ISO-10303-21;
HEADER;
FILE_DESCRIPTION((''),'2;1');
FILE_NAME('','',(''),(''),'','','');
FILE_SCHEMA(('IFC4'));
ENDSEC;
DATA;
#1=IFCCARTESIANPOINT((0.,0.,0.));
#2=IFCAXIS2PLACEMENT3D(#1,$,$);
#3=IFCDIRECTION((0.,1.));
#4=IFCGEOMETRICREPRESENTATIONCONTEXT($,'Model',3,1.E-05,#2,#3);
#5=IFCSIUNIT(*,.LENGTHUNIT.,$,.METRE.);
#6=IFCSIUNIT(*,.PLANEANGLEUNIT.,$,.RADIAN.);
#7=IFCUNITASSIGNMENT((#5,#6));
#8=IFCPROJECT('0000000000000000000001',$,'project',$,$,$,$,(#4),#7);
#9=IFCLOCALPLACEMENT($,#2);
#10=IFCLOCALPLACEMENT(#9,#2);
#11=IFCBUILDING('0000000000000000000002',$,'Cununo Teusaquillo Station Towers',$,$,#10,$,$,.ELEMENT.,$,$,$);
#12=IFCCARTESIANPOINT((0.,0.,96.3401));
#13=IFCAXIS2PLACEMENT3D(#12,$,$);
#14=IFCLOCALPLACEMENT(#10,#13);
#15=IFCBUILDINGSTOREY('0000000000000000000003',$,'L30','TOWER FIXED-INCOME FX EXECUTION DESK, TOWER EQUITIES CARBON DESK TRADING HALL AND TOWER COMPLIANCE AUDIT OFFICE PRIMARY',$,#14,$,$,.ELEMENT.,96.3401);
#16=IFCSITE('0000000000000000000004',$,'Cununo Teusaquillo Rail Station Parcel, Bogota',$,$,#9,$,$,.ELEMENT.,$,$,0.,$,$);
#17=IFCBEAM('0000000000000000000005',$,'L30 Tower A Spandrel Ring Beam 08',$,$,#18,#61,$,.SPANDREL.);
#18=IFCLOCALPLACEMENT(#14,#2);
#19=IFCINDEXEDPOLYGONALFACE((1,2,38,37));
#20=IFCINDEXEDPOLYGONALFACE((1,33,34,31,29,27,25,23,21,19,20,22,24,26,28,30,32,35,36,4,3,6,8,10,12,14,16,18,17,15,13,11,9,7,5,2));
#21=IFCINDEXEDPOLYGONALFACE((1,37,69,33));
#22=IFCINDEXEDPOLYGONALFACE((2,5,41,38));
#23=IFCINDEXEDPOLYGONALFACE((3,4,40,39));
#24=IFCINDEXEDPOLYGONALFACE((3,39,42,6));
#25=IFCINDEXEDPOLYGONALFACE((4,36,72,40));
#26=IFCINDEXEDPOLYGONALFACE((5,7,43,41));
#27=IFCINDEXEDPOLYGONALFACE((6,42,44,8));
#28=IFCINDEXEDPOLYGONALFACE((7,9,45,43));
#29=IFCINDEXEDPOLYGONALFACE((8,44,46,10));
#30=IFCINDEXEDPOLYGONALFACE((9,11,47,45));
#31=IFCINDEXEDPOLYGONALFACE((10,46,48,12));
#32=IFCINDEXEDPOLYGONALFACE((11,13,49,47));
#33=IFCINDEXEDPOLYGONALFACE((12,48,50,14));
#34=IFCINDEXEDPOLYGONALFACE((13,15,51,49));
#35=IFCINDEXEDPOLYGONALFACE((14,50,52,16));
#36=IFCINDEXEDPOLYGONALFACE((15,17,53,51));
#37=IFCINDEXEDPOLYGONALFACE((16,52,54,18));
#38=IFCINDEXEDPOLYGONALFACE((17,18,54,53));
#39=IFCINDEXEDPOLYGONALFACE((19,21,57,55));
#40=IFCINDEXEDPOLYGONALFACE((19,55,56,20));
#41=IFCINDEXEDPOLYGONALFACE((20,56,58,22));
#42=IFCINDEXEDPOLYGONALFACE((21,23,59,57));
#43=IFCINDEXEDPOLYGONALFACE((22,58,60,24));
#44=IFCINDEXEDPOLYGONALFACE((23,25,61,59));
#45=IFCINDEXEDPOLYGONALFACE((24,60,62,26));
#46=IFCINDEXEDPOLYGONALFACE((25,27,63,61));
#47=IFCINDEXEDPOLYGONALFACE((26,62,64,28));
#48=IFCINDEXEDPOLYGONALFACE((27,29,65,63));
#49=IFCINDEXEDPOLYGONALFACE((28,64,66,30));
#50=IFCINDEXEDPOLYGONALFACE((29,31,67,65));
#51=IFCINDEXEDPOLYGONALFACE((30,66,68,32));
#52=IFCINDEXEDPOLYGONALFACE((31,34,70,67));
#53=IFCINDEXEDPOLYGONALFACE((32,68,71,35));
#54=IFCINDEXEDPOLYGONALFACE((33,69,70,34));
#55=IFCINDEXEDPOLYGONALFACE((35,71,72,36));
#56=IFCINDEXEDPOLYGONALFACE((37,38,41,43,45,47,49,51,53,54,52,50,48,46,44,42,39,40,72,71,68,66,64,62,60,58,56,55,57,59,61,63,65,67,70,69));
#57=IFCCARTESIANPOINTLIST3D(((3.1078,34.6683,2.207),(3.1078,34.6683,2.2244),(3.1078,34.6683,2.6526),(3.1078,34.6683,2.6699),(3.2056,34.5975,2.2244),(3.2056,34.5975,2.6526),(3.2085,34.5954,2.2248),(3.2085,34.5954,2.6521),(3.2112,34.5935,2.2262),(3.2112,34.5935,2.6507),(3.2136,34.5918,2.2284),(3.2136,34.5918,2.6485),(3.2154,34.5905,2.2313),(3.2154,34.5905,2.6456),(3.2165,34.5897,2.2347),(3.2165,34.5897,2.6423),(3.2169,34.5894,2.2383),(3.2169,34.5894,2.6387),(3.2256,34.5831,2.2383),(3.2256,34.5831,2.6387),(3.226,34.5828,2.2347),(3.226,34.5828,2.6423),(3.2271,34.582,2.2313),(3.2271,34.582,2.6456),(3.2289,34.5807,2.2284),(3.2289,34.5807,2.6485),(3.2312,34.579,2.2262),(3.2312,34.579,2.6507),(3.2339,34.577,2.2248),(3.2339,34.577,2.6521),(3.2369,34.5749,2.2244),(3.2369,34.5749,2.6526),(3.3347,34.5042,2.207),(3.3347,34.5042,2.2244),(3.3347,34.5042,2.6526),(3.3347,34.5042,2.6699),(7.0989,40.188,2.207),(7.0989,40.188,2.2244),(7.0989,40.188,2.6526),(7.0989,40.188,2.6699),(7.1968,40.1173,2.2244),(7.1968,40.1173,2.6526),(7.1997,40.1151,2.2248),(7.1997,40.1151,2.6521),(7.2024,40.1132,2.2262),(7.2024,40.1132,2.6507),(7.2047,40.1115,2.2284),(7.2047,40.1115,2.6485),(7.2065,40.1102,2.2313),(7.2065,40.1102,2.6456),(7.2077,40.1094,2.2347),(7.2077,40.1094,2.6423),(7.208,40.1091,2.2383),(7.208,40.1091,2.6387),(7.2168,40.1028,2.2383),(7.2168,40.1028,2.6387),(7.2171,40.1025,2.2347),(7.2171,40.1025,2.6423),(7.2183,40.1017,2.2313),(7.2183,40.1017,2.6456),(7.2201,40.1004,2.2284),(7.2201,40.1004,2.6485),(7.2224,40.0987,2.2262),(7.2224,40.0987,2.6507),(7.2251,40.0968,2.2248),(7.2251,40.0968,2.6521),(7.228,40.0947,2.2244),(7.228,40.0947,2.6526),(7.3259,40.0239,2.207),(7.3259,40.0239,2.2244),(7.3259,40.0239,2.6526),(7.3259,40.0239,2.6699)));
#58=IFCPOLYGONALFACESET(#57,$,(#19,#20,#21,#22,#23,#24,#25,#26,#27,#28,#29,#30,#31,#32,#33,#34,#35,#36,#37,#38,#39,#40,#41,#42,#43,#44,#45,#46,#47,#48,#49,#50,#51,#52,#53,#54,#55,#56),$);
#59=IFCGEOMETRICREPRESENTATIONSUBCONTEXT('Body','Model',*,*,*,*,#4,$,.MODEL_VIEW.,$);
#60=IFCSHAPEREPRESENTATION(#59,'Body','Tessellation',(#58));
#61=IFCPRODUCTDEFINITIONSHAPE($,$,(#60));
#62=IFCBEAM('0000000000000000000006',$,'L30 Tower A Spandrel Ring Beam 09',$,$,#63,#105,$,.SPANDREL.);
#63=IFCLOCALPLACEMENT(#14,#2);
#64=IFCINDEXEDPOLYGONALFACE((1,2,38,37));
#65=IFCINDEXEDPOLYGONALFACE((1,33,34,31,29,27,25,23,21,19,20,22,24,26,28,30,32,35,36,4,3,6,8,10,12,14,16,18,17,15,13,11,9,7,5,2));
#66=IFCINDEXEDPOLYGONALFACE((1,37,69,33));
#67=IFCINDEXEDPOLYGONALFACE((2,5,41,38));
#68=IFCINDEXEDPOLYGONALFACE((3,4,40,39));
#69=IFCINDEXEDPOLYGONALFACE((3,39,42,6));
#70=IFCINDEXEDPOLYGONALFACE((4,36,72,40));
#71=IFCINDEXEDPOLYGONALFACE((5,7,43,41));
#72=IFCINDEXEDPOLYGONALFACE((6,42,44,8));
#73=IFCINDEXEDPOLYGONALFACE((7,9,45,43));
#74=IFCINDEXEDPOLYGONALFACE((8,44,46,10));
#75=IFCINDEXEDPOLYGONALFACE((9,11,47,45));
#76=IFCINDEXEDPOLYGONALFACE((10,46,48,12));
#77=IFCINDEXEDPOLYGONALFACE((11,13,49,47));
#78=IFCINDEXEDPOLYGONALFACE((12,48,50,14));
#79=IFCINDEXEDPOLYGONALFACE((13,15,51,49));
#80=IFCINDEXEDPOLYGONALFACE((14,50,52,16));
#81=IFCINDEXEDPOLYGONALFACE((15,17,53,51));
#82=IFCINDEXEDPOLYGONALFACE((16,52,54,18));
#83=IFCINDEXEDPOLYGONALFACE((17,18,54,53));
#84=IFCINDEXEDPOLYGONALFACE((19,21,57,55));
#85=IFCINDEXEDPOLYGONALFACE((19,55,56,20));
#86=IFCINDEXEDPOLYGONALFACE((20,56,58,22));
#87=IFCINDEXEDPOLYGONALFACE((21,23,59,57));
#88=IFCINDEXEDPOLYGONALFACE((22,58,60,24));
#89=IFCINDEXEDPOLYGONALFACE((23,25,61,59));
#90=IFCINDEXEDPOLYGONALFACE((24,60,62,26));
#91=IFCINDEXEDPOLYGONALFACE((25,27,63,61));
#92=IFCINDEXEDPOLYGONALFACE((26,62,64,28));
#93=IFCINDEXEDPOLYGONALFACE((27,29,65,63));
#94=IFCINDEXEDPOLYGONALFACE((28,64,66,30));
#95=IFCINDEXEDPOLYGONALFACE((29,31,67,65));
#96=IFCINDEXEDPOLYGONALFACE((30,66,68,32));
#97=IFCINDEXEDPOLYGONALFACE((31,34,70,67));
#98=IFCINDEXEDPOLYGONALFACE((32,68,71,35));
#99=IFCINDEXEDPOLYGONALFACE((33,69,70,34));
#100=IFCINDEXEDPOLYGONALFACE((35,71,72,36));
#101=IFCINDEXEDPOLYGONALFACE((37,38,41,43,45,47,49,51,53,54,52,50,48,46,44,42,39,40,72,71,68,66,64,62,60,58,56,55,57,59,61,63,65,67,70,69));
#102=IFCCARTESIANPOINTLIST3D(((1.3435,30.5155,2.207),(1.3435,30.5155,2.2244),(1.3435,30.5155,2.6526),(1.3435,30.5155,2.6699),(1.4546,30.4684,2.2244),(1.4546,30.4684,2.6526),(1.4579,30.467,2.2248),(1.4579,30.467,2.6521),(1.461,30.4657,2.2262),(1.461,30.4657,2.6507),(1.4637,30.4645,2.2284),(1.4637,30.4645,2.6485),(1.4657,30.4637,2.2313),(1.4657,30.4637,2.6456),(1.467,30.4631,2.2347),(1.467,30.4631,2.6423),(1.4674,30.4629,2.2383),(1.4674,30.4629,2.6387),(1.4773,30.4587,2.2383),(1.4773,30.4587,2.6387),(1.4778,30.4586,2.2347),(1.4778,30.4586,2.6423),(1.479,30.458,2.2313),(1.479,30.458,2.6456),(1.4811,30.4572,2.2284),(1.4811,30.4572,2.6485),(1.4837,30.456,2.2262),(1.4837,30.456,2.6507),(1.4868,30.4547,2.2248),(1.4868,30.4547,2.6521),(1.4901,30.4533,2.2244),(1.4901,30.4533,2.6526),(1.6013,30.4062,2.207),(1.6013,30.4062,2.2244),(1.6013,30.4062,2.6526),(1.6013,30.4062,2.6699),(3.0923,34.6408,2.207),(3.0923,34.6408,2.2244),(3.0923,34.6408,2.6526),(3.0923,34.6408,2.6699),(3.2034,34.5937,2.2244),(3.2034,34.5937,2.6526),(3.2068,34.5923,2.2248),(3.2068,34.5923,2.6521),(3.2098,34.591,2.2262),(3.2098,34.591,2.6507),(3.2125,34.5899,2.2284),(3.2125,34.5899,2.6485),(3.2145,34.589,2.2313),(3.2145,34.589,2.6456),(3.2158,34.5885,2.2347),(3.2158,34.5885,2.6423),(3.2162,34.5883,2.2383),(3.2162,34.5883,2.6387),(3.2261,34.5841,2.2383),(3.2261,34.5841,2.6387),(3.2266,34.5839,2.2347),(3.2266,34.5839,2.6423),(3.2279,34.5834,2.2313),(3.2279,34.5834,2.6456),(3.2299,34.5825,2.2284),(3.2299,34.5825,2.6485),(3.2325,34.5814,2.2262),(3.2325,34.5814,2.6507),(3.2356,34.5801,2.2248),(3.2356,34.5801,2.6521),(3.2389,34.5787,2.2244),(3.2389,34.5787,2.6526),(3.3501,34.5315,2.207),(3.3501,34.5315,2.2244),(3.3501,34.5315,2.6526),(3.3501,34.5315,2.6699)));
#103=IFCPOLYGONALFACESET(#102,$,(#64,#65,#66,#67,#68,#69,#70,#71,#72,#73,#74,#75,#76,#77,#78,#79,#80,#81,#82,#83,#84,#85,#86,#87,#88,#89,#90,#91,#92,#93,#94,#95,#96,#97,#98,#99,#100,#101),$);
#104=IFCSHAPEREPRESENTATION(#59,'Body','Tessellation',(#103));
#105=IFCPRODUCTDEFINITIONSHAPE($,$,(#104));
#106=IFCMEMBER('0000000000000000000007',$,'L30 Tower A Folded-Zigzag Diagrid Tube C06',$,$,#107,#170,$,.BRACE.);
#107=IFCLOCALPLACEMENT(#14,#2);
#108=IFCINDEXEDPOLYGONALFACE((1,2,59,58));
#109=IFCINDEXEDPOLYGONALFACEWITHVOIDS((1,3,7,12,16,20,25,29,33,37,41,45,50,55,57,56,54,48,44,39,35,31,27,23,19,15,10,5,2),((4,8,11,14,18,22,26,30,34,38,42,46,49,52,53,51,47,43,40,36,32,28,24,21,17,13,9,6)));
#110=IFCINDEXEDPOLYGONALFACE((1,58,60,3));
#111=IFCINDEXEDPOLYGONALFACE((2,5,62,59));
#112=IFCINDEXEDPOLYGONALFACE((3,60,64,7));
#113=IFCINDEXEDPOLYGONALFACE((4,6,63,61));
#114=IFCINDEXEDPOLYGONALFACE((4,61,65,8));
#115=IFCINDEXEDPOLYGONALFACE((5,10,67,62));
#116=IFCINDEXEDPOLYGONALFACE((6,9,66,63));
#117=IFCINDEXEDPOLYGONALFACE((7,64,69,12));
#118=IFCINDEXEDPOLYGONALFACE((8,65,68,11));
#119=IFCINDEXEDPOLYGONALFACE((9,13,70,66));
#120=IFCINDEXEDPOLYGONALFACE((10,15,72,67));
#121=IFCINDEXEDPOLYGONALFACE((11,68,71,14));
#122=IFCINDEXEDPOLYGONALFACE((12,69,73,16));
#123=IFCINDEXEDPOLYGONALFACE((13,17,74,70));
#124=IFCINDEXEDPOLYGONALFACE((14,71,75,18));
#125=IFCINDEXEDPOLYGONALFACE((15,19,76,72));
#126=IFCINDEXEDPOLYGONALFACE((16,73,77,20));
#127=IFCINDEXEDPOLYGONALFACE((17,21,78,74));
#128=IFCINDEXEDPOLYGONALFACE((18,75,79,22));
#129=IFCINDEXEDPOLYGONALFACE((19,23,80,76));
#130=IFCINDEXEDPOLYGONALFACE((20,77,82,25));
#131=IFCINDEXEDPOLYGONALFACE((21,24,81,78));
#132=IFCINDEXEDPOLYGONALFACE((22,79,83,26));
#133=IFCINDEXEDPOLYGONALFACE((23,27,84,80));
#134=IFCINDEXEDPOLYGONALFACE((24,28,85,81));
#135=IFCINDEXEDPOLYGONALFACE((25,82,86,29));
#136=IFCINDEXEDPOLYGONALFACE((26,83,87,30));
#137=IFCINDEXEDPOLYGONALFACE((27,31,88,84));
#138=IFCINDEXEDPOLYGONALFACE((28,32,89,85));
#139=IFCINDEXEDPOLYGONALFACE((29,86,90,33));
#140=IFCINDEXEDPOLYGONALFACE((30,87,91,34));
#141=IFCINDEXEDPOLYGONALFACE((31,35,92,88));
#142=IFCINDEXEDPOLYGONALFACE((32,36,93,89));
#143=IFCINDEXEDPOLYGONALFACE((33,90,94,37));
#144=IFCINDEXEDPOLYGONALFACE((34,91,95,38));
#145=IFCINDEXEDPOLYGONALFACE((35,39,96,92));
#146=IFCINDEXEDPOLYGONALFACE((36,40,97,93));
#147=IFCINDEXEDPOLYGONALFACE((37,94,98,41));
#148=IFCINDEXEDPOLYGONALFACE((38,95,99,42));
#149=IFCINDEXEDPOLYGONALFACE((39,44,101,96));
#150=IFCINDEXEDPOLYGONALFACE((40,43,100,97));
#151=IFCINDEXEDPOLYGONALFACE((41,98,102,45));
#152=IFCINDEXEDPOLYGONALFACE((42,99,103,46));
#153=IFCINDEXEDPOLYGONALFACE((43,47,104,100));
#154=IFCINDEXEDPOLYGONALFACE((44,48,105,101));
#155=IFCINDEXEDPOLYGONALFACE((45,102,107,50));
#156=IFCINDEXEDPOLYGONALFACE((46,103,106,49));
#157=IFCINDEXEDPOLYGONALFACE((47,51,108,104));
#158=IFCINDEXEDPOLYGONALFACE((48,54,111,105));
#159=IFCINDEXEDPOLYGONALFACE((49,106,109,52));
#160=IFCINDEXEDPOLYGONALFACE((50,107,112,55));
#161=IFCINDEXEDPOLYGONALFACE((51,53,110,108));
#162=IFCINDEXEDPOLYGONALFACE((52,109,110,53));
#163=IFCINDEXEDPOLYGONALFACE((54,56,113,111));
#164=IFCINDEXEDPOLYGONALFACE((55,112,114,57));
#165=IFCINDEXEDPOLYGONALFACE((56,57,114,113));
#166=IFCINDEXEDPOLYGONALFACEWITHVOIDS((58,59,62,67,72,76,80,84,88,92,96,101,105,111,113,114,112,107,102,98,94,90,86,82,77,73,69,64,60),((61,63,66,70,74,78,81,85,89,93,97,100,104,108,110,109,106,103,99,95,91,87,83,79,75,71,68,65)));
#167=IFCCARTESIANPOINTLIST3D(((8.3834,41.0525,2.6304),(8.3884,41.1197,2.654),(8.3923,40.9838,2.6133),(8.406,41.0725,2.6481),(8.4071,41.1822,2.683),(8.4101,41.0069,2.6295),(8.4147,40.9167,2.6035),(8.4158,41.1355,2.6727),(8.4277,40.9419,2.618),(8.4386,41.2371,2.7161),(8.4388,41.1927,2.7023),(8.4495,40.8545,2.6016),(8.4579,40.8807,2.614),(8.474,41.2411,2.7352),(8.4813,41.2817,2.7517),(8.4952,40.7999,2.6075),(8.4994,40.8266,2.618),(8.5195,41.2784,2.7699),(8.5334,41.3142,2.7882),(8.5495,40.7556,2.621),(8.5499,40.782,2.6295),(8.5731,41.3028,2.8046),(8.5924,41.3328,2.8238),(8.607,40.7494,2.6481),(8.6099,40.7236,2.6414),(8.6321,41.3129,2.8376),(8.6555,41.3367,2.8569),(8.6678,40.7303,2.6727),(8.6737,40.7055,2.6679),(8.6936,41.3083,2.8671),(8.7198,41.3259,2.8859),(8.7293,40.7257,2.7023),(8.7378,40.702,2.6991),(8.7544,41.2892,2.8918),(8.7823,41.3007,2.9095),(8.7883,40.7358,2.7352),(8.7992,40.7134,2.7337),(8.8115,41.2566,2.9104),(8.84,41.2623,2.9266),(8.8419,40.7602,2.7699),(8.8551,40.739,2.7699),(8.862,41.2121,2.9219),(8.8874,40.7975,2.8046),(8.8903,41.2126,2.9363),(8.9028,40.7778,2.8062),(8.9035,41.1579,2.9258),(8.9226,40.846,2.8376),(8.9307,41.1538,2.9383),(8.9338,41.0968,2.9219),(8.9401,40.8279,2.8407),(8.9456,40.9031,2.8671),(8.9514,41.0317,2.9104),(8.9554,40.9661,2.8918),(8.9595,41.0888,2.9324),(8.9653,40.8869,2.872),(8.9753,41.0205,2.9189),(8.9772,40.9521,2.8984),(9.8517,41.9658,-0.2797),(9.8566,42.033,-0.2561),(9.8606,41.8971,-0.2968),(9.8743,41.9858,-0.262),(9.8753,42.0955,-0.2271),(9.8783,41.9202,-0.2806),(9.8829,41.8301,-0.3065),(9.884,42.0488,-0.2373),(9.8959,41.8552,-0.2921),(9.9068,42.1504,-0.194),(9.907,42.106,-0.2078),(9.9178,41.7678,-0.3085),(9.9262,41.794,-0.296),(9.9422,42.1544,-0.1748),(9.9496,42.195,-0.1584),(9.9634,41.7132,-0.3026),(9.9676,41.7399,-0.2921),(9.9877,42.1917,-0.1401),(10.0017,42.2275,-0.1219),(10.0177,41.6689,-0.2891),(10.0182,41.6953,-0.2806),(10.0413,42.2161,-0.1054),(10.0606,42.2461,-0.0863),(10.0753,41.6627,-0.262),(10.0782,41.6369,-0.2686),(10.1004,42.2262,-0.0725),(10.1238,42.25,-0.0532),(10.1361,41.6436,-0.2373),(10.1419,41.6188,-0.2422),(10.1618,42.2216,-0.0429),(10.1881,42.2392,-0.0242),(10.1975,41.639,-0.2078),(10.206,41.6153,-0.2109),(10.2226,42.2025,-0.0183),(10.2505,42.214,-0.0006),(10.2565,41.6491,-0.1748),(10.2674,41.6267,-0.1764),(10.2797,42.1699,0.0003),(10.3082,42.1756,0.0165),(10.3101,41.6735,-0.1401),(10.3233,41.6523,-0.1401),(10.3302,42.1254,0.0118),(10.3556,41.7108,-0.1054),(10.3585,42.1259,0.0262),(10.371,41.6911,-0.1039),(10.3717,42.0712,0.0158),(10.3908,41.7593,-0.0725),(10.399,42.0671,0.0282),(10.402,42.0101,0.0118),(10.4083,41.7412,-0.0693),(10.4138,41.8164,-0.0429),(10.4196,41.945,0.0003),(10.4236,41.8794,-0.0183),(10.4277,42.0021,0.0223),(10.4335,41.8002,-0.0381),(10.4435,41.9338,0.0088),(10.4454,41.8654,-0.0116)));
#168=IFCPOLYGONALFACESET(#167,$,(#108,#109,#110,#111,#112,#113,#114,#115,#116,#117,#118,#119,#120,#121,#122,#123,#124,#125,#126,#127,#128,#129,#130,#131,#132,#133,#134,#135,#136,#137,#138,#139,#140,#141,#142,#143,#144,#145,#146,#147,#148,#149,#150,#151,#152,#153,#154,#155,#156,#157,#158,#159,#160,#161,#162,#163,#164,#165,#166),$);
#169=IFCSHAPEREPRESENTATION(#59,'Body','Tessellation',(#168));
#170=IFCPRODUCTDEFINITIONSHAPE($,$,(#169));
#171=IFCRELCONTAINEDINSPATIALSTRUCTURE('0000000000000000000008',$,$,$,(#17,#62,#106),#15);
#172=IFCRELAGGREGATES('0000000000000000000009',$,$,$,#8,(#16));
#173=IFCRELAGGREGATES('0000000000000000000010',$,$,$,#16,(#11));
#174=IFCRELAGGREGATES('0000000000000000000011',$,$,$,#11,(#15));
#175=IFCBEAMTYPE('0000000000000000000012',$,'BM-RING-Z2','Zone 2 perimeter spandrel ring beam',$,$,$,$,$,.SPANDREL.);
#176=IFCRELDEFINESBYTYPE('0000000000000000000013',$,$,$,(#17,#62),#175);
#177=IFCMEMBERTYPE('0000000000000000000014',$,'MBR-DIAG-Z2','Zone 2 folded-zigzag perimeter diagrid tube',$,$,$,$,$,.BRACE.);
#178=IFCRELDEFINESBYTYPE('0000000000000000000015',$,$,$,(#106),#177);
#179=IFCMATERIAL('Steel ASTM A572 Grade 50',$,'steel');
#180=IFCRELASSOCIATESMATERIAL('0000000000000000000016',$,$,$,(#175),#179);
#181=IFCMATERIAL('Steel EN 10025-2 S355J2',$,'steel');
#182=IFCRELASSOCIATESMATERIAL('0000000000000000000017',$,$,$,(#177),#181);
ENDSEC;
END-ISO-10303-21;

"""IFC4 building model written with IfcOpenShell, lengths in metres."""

from ifc_helpers import new_model, si_unit, direction, frame, origin, origin_2d, place, context, subcontext, project, spatial, hollow_circle, i_section, extrude, material, material_profile, profile_set, type_object, element, save


model = new_model("IFC4")

# Units and contexts
model_context = context("Model", 3, precision=1e-05, world=origin(), true_north=direction((0.0, 1.0)))
body_context = subcontext(model_context, "Body", "Model", "MODEL_VIEW")
ifc_project = project(units=[si_unit("LENGTHUNIT", "METRE"), si_unit("PLANEANGLEUNIT", "RADIAN")], contexts=[model_context])

# Site, building, storey
site_placement = place(None, origin())
site = spatial("IfcSite", under=ifc_project, at=site_placement, Name="Cununo Teusaquillo Rail Station Parcel, Bogota", CompositionType="ELEMENT", RefElevation=0.0)
building_placement = place(site_placement, origin())
building = spatial("IfcBuilding", under=site, at=building_placement, Name="Cununo Teusaquillo Station Towers", CompositionType="ELEMENT")
storey_placement = place(building_placement, frame((0.0, 0.0, 96.3401)))
storey = spatial("IfcBuildingStorey", under=building, at=storey_placement, Name="L30", Description="TOWER FIXED-INCOME FX EXECUTION DESK, TOWER EQUITIES CARBON DESK TRADING HALL AND TOWER COMPLIANCE AUDIT OFFICE PRIMARY", CompositionType="ELEMENT", Elevation=96.3401)

# Beams
ifc_material_1 = material(Name="Steel ASTM A572 Grade 50", Category="steel")
ifc_material_profile_1 = material_profile(ifc_material_1, i_section(OverallWidth=0.28, OverallDepth=0.4629, WebThickness=0.0107, FlangeThickness=0.0173, FilletRadius=0.0139, at=origin_2d()), Name="W18X76")
ifc_profile_set_1 = profile_set([ifc_material_profile_1], Name="Steel ASTM A572 Grade 50")
beam_type_1 = type_object("IfcBeamType", Name="BM-RING-Z2", Description="Zone 2 perimeter spandrel ring beam", PredefinedType="SPANDREL", material=ifc_profile_set_1)
beam_1_placement = place(storey_placement, frame((7.2124, 40.106, 2.4385), z_axis=(-0.585945, -0.810351, 0.0), x_axis=(0.810351, -0.585945, 0.0)))
element("IfcBeam", 1, at=beam_1_placement, inside=storey, type_object=beam_type_1, Name="L30 Tower A Spandrel Ring Beam 08", PredefinedType="SPANDREL", context=body_context, shape_type="SweptSolid", body=[
    extrude(i_section(OverallWidth=0.28, OverallDepth=0.4629, WebThickness=0.0107, FlangeThickness=0.0173, FilletRadius=0.0139, at=origin_2d()), origin(), (0.0, 0.0, 1.0), 6.8115),
])
beam_2_placement = place(storey_placement, frame((3.2212, 34.5862, 2.4385), z_axis=(-0.390299, -0.920688, 0.0), x_axis=(0.920688, -0.390299, 0.0)))
element("IfcBeam", 2, at=beam_2_placement, inside=storey, type_object=beam_type_1, Name="L30 Tower A Spandrel Ring Beam 09", PredefinedType="SPANDREL", context=body_context, shape_type="SweptSolid", body=[
    extrude(i_section(OverallWidth=0.28, OverallDepth=0.4629, WebThickness=0.0107, FlangeThickness=0.0173, FilletRadius=0.0139, at=origin_2d()), origin(), (0.0, 0.0, 1.0), 4.4807),
])

# Member
ifc_material_2 = material(Name="Steel EN 10025-2 S355J2", Category="steel")
ifc_material_profile_2 = material_profile(ifc_material_2, hollow_circle(Radius=0.3301, WallThickness=0.0249, at=origin_2d()), Name="CHS 660x25")
ifc_profile_set_2 = profile_set([ifc_material_profile_2], Name="Steel EN 10025-2 S355J2")
member_type = type_object("IfcMemberType", Name="MBR-DIAG-Z2", Description="Zone 2 folded-zigzag perimeter diagrid tube", PredefinedType="BRACE", material=ifc_profile_set_2)
member_1_placement = place(storey_placement, frame((10.1489, 41.9326, -0.1401), z_axis=(-0.433741, -0.269808, 0.859693), x_axis=(0.528196, -0.849123, 0.0)))
element("IfcMember", 3, at=member_1_placement, inside=storey, type_object=member_type, Name="L30 Tower A Folded-Zigzag Diagrid Tube C06", PredefinedType="BRACE", context=body_context, shape_type="SweptSolid", body=[
    extrude(hollow_circle(Radius=0.3301, WallThickness=0.0249, at=origin_2d()), origin(), (0.0, 0.0, 1.0), 3.385),
])

save(model, "model.ifc")
